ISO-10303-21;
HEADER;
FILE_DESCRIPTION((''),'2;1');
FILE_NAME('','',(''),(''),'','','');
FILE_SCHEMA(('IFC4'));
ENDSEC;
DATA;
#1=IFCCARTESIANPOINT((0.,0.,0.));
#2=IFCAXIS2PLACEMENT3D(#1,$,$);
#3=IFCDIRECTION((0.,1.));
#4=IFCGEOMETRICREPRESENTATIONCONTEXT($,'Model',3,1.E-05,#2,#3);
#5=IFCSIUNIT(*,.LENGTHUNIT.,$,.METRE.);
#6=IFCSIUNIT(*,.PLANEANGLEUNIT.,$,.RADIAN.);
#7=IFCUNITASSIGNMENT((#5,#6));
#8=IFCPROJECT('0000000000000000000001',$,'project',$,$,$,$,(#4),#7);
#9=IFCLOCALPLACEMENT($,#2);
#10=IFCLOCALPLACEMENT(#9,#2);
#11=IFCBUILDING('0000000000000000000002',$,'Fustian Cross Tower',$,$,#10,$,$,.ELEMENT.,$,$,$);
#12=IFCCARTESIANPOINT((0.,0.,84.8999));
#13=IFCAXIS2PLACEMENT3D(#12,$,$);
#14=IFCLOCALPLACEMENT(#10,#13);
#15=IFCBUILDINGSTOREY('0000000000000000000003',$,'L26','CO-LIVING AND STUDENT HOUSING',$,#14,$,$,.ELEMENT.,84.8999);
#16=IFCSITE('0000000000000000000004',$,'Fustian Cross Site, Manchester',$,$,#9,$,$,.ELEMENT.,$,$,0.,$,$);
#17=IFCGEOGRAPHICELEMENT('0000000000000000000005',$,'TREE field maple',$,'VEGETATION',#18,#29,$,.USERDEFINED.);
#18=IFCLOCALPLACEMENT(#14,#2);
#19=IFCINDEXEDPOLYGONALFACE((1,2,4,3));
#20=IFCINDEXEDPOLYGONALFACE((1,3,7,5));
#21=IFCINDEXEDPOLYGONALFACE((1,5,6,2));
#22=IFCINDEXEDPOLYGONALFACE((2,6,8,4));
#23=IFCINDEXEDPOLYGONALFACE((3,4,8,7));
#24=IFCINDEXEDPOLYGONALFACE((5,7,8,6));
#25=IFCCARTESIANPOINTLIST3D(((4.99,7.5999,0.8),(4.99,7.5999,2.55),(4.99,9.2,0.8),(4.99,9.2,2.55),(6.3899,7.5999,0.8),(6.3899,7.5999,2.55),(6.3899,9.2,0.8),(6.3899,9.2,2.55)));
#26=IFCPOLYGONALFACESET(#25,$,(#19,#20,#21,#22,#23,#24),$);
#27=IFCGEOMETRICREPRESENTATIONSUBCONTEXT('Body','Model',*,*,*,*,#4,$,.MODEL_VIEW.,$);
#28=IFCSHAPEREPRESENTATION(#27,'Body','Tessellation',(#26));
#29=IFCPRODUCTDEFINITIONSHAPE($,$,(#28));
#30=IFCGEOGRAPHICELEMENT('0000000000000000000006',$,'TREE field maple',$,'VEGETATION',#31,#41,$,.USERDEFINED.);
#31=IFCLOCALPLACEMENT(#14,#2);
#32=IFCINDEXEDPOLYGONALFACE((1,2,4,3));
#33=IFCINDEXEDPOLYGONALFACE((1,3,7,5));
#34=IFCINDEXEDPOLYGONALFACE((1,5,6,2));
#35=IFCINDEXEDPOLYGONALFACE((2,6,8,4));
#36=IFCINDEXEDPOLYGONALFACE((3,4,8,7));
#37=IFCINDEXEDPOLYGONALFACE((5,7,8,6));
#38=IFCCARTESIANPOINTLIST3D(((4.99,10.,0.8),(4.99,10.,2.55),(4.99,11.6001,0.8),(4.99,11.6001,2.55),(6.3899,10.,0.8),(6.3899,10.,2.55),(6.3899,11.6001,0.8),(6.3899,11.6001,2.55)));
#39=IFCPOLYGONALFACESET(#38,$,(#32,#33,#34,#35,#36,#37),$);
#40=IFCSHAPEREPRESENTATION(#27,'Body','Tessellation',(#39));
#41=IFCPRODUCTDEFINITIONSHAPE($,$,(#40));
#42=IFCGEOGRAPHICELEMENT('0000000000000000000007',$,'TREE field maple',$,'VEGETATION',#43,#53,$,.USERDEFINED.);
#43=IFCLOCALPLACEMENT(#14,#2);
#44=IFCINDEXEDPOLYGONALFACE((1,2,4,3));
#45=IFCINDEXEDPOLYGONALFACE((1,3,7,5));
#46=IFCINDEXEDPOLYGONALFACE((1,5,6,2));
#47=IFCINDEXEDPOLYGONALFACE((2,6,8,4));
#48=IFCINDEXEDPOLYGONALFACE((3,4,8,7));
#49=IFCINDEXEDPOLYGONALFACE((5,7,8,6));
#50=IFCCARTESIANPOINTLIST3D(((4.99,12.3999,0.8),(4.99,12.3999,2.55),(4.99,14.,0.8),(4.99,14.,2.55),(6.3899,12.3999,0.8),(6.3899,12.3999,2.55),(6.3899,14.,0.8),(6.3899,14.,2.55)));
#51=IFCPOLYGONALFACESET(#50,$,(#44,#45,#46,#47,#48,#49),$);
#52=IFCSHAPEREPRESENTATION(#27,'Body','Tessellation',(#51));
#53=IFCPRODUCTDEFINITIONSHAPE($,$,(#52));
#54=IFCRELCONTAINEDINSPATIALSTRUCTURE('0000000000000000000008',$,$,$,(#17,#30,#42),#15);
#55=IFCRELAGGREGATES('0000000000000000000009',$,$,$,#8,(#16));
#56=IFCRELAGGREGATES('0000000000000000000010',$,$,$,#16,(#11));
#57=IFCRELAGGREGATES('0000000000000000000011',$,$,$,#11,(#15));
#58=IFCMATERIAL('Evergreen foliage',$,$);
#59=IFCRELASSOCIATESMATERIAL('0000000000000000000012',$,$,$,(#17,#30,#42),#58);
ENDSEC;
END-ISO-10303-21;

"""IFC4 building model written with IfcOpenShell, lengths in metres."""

from ifc_helpers import new_model, si_unit, direction, frame, origin, origin_2d, place, context, subcontext, project, spatial, rectangle, extrude, material, element, save


model = new_model("IFC4")

# Units and contexts
model_context = context("Model", 3, precision=1e-05, world=origin(), true_north=direction((0.0, 1.0)))
body_context = subcontext(model_context, "Body", "Model", "MODEL_VIEW")
ifc_project = project(units=[si_unit("LENGTHUNIT", "METRE"), si_unit("PLANEANGLEUNIT", "RADIAN")], contexts=[model_context])

# Site, building, storey
site_placement = place(None, origin())
site = spatial("IfcSite", under=ifc_project, at=site_placement, Name="Fustian Cross Site, Manchester", CompositionType="ELEMENT", RefElevation=0.0)
building_placement = place(site_placement, origin())
building = spatial("IfcBuilding", under=site, at=building_placement, Name="Fustian Cross Tower", CompositionType="ELEMENT")
storey_placement = place(building_placement, frame((0.0, 0.0, 84.8999)))
storey = spatial("IfcBuildingStorey", under=building, at=storey_placement, Name="L26", Description="CO-LIVING AND STUDENT HOUSING", CompositionType="ELEMENT", Elevation=84.8999)

# Geographic elements
ifc_material_1 = material(Name="Evergreen foliage")
for number, where, z_axis, x_axis, name in (
    (1, (5.6899, 8.3999, 0.8), (0.0, 0.0, 1.0), (1.0, 0.0, 0.0), "TREE field maple"),
    (2, (5.6899, 10.8, 0.8), (0.0, 0.0, 1.0), (1.0, 0.0, 0.0), "TREE field maple"),
    (3, (5.6899, 13.2, 0.8), (0.0, 0.0, 1.0), (1.0, 0.0, 0.0), "TREE field maple"),
):
    element("IfcGeographicElement", number, at=place(storey_placement, frame(where, z_axis=z_axis, x_axis=x_axis)), inside=storey, material=ifc_material_1, Name=name, ObjectType="VEGETATION", PredefinedType="USERDEFINED", context=body_context, shape_type="SweptSolid", body=[
        extrude(rectangle(XDim=1.3999, YDim=1.6001, at=origin_2d()), origin(), (0.0, 0.0, 1.0), 1.75),
    ])

save(model, "model.ifc")
